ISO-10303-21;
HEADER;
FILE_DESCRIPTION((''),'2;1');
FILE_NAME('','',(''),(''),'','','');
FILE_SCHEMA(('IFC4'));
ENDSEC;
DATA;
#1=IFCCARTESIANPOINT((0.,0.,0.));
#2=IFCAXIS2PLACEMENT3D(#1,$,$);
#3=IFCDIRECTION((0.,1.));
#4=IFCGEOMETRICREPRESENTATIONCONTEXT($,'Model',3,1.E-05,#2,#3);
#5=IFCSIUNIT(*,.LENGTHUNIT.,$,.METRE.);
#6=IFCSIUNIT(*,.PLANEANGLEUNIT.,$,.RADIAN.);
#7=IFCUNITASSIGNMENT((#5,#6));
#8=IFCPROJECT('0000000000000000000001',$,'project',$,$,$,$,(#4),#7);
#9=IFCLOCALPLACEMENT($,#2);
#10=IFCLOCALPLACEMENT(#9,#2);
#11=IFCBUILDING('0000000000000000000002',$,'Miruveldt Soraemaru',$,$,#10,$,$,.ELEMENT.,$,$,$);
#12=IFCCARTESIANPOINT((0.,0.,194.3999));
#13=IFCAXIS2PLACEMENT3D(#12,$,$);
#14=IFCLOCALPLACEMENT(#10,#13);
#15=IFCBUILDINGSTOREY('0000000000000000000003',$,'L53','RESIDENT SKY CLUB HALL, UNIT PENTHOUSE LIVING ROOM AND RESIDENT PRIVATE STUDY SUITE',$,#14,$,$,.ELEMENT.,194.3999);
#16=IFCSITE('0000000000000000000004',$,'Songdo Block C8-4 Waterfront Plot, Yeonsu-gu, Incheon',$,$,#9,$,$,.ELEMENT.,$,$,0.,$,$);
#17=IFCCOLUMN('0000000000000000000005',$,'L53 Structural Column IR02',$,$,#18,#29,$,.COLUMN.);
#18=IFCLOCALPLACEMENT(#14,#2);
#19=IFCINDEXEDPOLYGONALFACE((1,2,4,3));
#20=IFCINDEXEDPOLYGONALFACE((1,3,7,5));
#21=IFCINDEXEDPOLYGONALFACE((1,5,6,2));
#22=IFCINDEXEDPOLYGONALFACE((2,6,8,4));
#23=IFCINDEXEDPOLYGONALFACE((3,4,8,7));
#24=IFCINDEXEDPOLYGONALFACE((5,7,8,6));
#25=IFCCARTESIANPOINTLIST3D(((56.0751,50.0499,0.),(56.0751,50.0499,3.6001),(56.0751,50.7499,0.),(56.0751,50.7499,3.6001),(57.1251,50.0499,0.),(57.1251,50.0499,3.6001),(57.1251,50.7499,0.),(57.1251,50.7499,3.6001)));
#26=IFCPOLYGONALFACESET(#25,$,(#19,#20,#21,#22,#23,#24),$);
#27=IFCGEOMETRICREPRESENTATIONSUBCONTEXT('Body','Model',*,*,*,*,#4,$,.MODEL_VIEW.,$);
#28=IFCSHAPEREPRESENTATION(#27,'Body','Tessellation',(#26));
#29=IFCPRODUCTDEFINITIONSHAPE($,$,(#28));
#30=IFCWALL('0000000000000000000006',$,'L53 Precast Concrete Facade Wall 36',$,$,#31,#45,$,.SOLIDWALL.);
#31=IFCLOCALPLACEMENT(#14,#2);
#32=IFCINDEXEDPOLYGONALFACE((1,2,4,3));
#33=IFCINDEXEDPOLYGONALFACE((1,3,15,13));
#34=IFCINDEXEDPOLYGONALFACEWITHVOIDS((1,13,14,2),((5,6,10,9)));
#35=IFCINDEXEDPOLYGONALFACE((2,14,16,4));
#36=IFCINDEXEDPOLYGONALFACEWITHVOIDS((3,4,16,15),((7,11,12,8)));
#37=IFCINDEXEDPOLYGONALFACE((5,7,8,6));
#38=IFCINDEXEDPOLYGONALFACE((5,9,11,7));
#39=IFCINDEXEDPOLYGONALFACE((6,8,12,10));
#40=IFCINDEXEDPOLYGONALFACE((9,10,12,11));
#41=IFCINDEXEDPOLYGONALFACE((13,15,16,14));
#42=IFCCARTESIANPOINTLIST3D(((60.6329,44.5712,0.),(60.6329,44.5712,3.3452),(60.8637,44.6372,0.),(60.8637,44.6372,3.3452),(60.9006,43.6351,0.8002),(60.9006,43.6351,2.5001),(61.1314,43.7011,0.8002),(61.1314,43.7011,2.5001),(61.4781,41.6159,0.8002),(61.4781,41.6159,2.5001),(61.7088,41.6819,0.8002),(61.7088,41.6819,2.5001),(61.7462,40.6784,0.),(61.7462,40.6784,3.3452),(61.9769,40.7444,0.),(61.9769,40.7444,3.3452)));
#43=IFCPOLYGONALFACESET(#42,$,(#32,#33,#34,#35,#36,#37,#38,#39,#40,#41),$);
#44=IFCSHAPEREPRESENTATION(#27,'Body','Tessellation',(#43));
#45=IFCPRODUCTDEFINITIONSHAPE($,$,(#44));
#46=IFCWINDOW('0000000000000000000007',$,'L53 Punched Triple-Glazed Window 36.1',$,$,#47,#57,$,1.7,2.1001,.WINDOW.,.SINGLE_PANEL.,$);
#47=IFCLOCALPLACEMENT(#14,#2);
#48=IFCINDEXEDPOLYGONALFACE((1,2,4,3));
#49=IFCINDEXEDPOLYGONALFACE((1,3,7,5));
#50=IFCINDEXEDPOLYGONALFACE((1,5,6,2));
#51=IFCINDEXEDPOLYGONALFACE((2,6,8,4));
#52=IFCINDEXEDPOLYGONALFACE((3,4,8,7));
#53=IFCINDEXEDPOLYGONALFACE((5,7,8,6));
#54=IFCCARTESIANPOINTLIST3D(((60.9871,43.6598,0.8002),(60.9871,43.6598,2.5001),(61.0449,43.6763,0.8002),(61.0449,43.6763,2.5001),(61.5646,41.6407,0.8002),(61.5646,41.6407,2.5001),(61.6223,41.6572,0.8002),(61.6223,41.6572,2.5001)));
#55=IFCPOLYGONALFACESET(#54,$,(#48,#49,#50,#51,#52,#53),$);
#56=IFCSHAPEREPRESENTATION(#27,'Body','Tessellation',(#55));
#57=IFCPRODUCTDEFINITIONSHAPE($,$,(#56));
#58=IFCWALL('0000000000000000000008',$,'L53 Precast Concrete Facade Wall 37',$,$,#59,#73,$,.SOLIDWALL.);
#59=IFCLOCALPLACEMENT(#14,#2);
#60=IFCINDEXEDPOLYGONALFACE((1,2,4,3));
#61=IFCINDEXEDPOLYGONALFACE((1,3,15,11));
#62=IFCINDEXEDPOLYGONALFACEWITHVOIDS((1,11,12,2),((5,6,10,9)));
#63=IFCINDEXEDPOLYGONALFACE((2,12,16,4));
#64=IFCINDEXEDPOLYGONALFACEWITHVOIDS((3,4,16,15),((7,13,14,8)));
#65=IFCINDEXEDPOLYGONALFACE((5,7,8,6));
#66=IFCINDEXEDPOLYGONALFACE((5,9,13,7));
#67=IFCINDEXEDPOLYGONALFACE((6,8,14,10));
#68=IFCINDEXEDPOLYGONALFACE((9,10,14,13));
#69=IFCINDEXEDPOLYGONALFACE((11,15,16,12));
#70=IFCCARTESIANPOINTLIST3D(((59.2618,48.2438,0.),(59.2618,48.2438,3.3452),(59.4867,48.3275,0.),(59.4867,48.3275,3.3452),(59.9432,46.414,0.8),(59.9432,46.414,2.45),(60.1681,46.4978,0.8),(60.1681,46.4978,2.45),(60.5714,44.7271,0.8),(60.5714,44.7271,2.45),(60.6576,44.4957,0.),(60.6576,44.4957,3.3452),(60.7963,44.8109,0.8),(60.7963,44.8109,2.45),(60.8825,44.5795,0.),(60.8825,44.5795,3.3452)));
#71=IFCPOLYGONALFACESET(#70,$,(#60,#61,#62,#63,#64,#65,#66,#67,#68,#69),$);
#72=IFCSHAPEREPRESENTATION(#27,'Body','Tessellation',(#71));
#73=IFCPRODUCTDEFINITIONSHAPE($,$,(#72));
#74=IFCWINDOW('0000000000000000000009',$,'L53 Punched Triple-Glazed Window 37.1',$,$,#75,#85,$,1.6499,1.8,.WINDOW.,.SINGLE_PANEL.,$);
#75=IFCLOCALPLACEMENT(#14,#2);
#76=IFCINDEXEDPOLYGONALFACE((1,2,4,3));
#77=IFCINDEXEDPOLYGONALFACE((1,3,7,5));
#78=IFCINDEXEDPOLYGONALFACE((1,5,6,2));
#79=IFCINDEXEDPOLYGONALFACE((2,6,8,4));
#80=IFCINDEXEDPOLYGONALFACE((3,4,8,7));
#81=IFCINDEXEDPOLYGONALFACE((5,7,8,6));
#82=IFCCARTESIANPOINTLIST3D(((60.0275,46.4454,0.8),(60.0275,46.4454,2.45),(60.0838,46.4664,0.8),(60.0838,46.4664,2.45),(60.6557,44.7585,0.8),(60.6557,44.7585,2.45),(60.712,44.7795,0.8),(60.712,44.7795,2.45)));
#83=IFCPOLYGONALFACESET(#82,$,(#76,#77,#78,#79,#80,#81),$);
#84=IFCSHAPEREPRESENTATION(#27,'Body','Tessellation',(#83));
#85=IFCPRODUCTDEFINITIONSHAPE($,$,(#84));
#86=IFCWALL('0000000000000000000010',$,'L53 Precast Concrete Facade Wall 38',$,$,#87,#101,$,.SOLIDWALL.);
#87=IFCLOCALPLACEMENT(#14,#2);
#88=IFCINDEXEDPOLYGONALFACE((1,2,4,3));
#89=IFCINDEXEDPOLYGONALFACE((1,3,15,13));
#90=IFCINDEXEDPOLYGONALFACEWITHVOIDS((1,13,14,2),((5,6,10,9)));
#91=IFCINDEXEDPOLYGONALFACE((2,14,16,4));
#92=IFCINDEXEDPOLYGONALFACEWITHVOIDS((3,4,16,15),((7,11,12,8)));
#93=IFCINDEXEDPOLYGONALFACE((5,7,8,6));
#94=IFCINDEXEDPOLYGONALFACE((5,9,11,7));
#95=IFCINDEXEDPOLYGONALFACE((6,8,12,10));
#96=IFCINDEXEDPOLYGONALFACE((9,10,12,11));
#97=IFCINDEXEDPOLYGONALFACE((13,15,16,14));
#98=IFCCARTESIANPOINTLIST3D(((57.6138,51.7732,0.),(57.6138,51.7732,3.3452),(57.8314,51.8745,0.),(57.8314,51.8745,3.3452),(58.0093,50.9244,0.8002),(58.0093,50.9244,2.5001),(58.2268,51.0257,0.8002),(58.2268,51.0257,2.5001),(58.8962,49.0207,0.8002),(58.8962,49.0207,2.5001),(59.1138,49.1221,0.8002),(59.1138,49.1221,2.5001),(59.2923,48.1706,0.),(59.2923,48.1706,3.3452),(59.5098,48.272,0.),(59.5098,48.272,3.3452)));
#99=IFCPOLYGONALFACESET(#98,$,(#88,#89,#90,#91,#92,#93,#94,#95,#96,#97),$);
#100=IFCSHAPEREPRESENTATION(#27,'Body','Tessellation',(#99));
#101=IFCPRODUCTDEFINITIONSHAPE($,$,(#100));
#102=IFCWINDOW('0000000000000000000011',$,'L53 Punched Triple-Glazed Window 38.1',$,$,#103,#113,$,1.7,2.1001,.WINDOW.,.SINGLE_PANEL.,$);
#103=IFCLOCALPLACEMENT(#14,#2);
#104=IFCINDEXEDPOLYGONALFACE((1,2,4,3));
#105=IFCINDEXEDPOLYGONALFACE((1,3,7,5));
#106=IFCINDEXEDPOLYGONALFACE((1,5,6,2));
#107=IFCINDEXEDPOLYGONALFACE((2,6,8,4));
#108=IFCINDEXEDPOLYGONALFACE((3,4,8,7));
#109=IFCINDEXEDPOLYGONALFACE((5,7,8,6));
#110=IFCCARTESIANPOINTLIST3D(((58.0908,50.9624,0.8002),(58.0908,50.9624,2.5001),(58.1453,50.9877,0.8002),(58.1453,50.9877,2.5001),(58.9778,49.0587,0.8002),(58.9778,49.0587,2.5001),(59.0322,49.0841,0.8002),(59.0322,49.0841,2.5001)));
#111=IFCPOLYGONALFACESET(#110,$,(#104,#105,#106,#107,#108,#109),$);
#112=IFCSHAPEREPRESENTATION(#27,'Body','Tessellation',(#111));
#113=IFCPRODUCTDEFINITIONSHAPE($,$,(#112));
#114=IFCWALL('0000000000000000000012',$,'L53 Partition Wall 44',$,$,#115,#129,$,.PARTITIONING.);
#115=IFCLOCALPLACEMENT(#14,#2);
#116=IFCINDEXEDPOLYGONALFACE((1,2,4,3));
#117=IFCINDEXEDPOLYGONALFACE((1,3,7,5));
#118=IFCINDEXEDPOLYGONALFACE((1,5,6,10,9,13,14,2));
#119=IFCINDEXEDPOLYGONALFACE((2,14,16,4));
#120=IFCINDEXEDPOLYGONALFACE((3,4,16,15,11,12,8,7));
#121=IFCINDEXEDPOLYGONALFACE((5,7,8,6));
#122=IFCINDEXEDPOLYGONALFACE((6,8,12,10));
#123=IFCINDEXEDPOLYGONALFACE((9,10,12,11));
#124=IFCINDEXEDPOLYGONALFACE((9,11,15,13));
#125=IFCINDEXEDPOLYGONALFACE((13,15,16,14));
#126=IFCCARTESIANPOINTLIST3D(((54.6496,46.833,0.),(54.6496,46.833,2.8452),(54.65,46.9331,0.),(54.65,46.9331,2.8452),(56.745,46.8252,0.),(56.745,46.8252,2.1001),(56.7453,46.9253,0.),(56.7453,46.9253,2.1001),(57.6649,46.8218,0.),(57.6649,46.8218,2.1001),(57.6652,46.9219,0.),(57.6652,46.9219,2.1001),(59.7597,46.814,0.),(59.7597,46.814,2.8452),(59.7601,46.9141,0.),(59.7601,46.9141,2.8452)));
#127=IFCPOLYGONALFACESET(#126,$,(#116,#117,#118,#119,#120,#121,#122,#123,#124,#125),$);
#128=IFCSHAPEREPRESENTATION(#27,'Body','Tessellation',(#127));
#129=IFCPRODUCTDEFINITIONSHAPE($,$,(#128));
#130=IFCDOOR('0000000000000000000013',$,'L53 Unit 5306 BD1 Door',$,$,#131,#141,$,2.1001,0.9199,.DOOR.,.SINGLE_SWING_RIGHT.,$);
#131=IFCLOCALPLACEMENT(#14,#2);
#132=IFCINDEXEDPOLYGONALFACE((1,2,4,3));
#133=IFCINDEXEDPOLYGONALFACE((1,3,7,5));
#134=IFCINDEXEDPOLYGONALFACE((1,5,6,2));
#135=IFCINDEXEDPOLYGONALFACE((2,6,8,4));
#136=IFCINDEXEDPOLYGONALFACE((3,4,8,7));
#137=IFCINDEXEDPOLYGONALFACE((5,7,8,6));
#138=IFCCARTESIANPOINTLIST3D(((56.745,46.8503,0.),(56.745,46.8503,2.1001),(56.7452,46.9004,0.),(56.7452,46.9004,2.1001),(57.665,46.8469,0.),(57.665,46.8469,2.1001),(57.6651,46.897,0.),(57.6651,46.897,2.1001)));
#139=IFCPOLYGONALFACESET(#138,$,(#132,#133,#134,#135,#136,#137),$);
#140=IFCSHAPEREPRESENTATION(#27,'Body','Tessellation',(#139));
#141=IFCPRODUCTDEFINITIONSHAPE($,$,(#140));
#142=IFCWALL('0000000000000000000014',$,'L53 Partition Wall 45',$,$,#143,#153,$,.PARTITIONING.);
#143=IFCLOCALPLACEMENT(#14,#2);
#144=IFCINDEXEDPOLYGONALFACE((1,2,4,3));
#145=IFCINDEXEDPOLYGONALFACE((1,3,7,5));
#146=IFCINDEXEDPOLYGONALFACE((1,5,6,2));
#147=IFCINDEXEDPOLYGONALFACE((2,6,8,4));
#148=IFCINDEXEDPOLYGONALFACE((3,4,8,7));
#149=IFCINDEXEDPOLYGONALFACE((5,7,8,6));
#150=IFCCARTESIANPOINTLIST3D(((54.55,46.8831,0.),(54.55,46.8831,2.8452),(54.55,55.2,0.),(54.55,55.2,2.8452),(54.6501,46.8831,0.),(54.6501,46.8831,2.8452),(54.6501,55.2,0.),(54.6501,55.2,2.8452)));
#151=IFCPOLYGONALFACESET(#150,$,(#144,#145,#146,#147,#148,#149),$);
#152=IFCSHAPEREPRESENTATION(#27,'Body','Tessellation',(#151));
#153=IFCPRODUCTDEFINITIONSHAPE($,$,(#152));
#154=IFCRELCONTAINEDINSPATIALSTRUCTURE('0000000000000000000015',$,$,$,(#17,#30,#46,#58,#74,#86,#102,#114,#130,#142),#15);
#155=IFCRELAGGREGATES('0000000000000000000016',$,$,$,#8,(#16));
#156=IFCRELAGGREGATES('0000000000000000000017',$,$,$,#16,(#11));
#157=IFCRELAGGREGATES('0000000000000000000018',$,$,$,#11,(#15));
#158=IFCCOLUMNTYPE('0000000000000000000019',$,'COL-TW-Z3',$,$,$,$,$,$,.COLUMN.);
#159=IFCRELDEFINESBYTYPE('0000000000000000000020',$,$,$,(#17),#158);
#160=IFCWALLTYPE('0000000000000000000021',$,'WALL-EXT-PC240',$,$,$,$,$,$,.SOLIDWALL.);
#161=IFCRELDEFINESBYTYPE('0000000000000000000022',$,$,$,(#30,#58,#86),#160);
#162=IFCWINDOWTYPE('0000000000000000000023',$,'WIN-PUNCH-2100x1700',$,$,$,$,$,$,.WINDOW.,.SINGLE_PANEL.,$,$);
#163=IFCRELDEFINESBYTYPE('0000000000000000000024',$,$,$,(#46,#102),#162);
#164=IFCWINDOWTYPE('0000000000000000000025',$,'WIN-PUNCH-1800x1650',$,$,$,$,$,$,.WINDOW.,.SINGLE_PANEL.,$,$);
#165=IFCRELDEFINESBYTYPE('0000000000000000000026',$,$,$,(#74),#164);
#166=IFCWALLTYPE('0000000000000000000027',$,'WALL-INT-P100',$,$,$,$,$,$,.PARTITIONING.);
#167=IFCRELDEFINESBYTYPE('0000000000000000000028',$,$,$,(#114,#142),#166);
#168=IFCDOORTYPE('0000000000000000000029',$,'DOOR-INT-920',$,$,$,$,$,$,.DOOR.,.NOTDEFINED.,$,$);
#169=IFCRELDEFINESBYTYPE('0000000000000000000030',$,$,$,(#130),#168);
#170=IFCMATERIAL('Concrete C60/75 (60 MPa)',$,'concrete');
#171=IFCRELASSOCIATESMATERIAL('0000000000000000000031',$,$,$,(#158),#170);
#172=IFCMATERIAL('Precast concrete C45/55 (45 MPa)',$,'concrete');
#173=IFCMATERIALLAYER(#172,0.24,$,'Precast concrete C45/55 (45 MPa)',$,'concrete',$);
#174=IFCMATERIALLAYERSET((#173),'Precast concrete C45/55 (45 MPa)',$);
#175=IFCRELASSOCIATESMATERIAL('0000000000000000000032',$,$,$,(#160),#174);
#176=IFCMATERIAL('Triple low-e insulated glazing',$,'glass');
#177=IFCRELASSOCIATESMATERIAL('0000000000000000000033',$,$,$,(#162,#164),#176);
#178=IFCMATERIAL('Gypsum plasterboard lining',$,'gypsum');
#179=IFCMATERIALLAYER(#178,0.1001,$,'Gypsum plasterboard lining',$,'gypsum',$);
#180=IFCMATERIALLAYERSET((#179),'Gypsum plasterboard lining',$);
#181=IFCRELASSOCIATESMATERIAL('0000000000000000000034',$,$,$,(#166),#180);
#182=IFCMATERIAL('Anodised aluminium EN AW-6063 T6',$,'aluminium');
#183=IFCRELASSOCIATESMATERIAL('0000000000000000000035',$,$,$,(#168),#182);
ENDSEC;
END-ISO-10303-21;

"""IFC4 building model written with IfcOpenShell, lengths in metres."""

from ifc_helpers import new_model, si_unit, direction, frame, frame_2d, origin, origin_2d, place, context, subcontext, project, spatial, rectangle, extrude, material, layer, layer_set, material_profile, profile_set, type_object, element, fill, save


model = new_model("IFC4")

# Units and contexts
model_context = context("Model", 3, precision=1e-05, world=origin(), true_north=direction((0.0, 1.0)))
body_context = subcontext(model_context, "Body", "Model", "MODEL_VIEW")
ifc_project = project(units=[si_unit("LENGTHUNIT", "METRE"), si_unit("PLANEANGLEUNIT", "RADIAN")], contexts=[model_context])

# Site, building, storey
site_placement = place(None, origin())
site = spatial("IfcSite", under=ifc_project, at=site_placement, Name="Songdo Block C8-4 Waterfront Plot, Yeonsu-gu, Incheon", CompositionType="ELEMENT", RefElevation=0.0)
building_placement = place(site_placement, origin())
building = spatial("IfcBuilding", under=site, at=building_placement, Name="Miruveldt Soraemaru", CompositionType="ELEMENT")
storey_placement = place(building_placement, frame((0.0, 0.0, 194.3999)))
storey = spatial("IfcBuildingStorey", under=building, at=storey_placement, Name="L53", Description="RESIDENT SKY CLUB HALL, UNIT PENTHOUSE LIVING ROOM AND RESIDENT PRIVATE STUDY SUITE", CompositionType="ELEMENT", Elevation=194.3999)

# Column
ifc_material_1 = material(Name="Concrete C60/75 (60 MPa)", Category="concrete")
ifc_material_profile = material_profile(ifc_material_1, rectangle(XDim=1.05, YDim=0.7, at=origin_2d()), Name="Concrete C60/75 (60 MPa)", Category="concrete")
ifc_profile_set = profile_set([ifc_material_profile], Name="Concrete C60/75 (60 MPa)")
column_type = type_object("IfcColumnType", Name="COL-TW-Z3", PredefinedType="COLUMN", material=ifc_profile_set)
column_placement = place(storey_placement, frame((56.6001, 50.3999, 0.0), z_axis=(0.0, 0.0, 1.0), x_axis=(1.0, 0.0, 0.0)))
element("IfcColumn", 1, at=column_placement, inside=storey, type_object=column_type, Name="L53 Structural Column IR02", PredefinedType="COLUMN", context=body_context, shape_type="SweptSolid", body=[
    extrude(rectangle(XDim=1.05, YDim=0.7, at=origin_2d()), origin(), (0.0, 0.0, 1.0), 3.6001),
])

# Walls, openings, windows
ifc_material_2 = material(Name="Precast concrete C45/55 (45 MPa)", Category="concrete")
ifc_layer_1 = layer(ifc_material_2, 0.24, Name="Precast concrete C45/55 (45 MPa)", Category="concrete")
ifc_layer_set_1 = layer_set([ifc_layer_1], Name="Precast concrete C45/55 (45 MPa)")
wall_type_1 = type_object("IfcWallType", Name="WALL-EXT-PC240", PredefinedType="SOLIDWALL", material=ifc_layer_set_1)
wall_1_placement = place(storey_placement, frame((61.8616, 40.7114, 0.0), z_axis=(0.0, 0.0, 1.0), x_axis=(-0.27496, 0.961456, 0.0)))
wall_1 = element("IfcWall", 2, at=wall_1_placement, inside=storey, type_object=wall_type_1, Name="L53 Precast Concrete Facade Wall 36", PredefinedType="SOLIDWALL", context=body_context, shape_type="SweptSolid", body=[
    extrude(rectangle(XDim=4.0488, YDim=0.24, at=frame_2d((2.0244, 0.0))), origin(), (0.0, 0.0, 1.0), 3.3452),
])
opening_1_placement = place(wall_1_placement, frame((0.9751, 0.0, 0.8)))
opening_1 = element("IfcOpeningElement", 3, at=opening_1_placement, cuts=wall_1, PredefinedType="OPENING", context=body_context, shape_type="SweptSolid", body=[
    extrude(rectangle(XDim=2.1001, YDim=1.7, at=frame_2d((1.05, 0.8501))), frame((0.0, 0.1299, 0.0), z_axis=(0.0, -1.0, 0.0), x_axis=(1.0, 0.0, 0.0)), (0.0, 0.0, 1.0), 0.26),
])
ifc_material_3 = material(Name="Triple low-e insulated glazing", Category="glass")
window_type_1 = type_object("IfcWindowType", Name="WIN-PUNCH-2100x1700", PartitioningType="SINGLE_PANEL", PredefinedType="WINDOW", material=ifc_material_3)
window_1_placement = place(opening_1_placement, origin())
window_1 = element("IfcWindow", 4, at=window_1_placement, inside=storey, type_object=window_type_1, Name="L53 Punched Triple-Glazed Window 36.1", OverallHeight=1.7, OverallWidth=2.1001, PartitioningType="SINGLE_PANEL", PredefinedType="WINDOW", context=body_context, shape_type="SweptSolid", body=[
    extrude(rectangle(XDim=2.1001, YDim=1.7, at=frame_2d((1.05, 0.8501))), frame((0.0, 0.03, 0.0), z_axis=(0.0, -1.0, 0.0), x_axis=(1.0, 0.0, 0.0)), (0.0, 0.0, 1.0), 0.0601),
])
fill(opening_1, window_1)
wall_2_placement = place(storey_placement, frame((60.77, 44.5376, 0.0), z_axis=(0.0, 0.0, 1.0), x_axis=(-0.348982, 0.937129, 0.0)))
wall_2 = element("IfcWall", 5, at=wall_2_placement, inside=storey, type_object=wall_type_1, Name="L53 Precast Concrete Facade Wall 37", PredefinedType="SOLIDWALL", context=body_context, shape_type="SweptSolid", body=[
    extrude(rectangle(XDim=3.9995, YDim=0.24, at=frame_2d((1.9998, 0.0))), origin(), (0.0, 0.0, 1.0), 3.3452),
])
opening_2_placement = place(wall_2_placement, frame((0.2471, 0.0, 0.8)))
opening_2 = element("IfcOpeningElement", 6, at=opening_2_placement, cuts=wall_2, PredefinedType="OPENING", context=body_context, shape_type="SweptSolid", body=[
    extrude(rectangle(XDim=1.8, YDim=1.6499, at=frame_2d((0.8999, 0.825))), frame((0.0, 0.1299, 0.0), z_axis=(0.0, -1.0, 0.0), x_axis=(1.0, 0.0, 0.0)), (0.0, 0.0, 1.0), 0.26),
])
window_type_2 = type_object("IfcWindowType", Name="WIN-PUNCH-1800x1650", PartitioningType="SINGLE_PANEL", PredefinedType="WINDOW", material=ifc_material_3)
window_2_placement = place(opening_2_placement, origin())
window_2 = element("IfcWindow", 7, at=window_2_placement, inside=storey, type_object=window_type_2, Name="L53 Punched Triple-Glazed Window 37.1", OverallHeight=1.6499, OverallWidth=1.8, PartitioningType="SINGLE_PANEL", PredefinedType="WINDOW", context=body_context, shape_type="SweptSolid", body=[
    extrude(rectangle(XDim=1.8, YDim=1.6499, at=frame_2d((0.8999, 0.825))), frame((0.0, 0.03, 0.0), z_axis=(0.0, -1.0, 0.0), x_axis=(1.0, 0.0, 0.0)), (0.0, 0.0, 1.0), 0.0601),
])
fill(opening_2, window_2)
wall_3_placement = place(storey_placement, frame((59.4011, 48.2212, 0.0), z_axis=(0.0, 0.0, 1.0), x_axis=(-0.422324, 0.906445, 0.0)))
wall_3 = element("IfcWall", 8, at=wall_3_placement, inside=storey, type_object=wall_type_1, Name="L53 Precast Concrete Facade Wall 38", PredefinedType="SOLIDWALL", context=body_context, shape_type="SweptSolid", body=[
    extrude(rectangle(XDim=3.9744, YDim=0.24, at=frame_2d((1.9873, 0.0))), origin(), (0.0, 0.0, 1.0), 3.3452),
])
opening_3_placement = place(wall_3_placement, frame((0.938, 0.0, 0.8)))
opening_3 = element("IfcOpeningElement", 9, at=opening_3_placement, cuts=wall_3, PredefinedType="OPENING", context=body_context, shape_type="SweptSolid", body=[
    extrude(rectangle(XDim=2.1001, YDim=1.7, at=frame_2d((1.05, 0.8501))), frame((0.0, 0.1299, 0.0), z_axis=(0.0, -1.0, 0.0), x_axis=(1.0, 0.0, 0.0)), (0.0, 0.0, 1.0), 0.26),
])
window_3_placement = place(opening_3_placement, origin())
window_3 = element("IfcWindow", 10, at=window_3_placement, inside=storey, type_object=window_type_1, Name="L53 Punched Triple-Glazed Window 38.1", OverallHeight=1.7, OverallWidth=2.1001, PartitioningType="SINGLE_PANEL", PredefinedType="WINDOW", context=body_context, shape_type="SweptSolid", body=[
    extrude(rectangle(XDim=2.1001, YDim=1.7, at=frame_2d((1.05, 0.8501))), frame((0.0, 0.03, 0.0), z_axis=(0.0, -1.0, 0.0), x_axis=(1.0, 0.0, 0.0)), (0.0, 0.0, 1.0), 0.0601),
])
fill(opening_3, window_3)

# Wall, opening, door
ifc_material_4 = material(Name="Gypsum plasterboard lining", Category="gypsum")
ifc_layer_2 = layer(ifc_material_4, 0.1001, Name="Gypsum plasterboard lining", Category="gypsum")
ifc_layer_set_2 = layer_set([ifc_layer_2], Name="Gypsum plasterboard lining")
wall_type_2 = type_object("IfcWallType", Name="WALL-INT-P100", PredefinedType="PARTITIONING", material=ifc_layer_set_2)
wall_4_placement = place(storey_placement, frame((59.76, 46.864, 0.0), z_axis=(0.0, 0.0, 1.0), x_axis=(-0.999993, 0.003727, 0.0)))
wall_4 = element("IfcWall", 11, at=wall_4_placement, inside=storey, type_object=wall_type_2, Name="L53 Partition Wall 44", PredefinedType="PARTITIONING", context=body_context, shape_type="SweptSolid", body=[
    extrude(rectangle(XDim=5.1101, YDim=0.1001, at=frame_2d((2.5552, 0.0))), origin(), (0.0, 0.0, 1.0), 2.8452),
])
opening_4_placement = place(wall_4_placement, frame((2.095, 0.0, 0.0)))
opening_4 = element("IfcOpeningElement", 12, at=opening_4_placement, cuts=wall_4, PredefinedType="OPENING", context=body_context, shape_type="SweptSolid", body=[
    extrude(rectangle(XDim=0.9199, YDim=2.1001, at=frame_2d((0.46, 1.05))), frame((0.0, 0.0601, 0.0), z_axis=(0.0, -1.0, 0.0), x_axis=(1.0, 0.0, 0.0)), (0.0, 0.0, 1.0), 0.1201),
])
ifc_material_5 = material(Name="Anodised aluminium EN AW-6063 T6", Category="aluminium")
door_type_1 = type_object("IfcDoorType", Name="DOOR-INT-920", OperationType="NOTDEFINED", PredefinedType="DOOR", material=ifc_material_5)
door_1_placement = place(opening_4_placement, origin())
door_1 = element("IfcDoor", 13, at=door_1_placement, inside=storey, type_object=door_type_1, Name="L53 Unit 5306 BD1 Door", OperationType="SINGLE_SWING_RIGHT", OverallHeight=2.1001, OverallWidth=0.9199, PredefinedType="DOOR", context=body_context, shape_type="SweptSolid", body=[
    extrude(rectangle(XDim=0.9199, YDim=2.1001, at=frame_2d((0.46, 1.05))), frame((0.0, 0.0249, 0.0), z_axis=(0.0, -1.0, 0.0), x_axis=(1.0, 0.0, 0.0)), (0.0, 0.0, 1.0), 0.05),
])
fill(opening_4, door_1)

# Wall
wall_5_placement = place(storey_placement, frame((54.6001, 46.8831, 0.0), z_axis=(0.0, 0.0, 1.0), x_axis=(0.0, 1.0, 0.0)))
element("IfcWall", 14, at=wall_5_placement, inside=storey, type_object=wall_type_2, Name="L53 Partition Wall 45", PredefinedType="PARTITIONING", context=body_context, shape_type="SweptSolid", body=[
    extrude(rectangle(XDim=8.3169, YDim=0.1001, at=frame_2d((4.1584, 0.0))), origin(), (0.0, 0.0, 1.0), 2.8452),
])

save(model, "model.ifc")
